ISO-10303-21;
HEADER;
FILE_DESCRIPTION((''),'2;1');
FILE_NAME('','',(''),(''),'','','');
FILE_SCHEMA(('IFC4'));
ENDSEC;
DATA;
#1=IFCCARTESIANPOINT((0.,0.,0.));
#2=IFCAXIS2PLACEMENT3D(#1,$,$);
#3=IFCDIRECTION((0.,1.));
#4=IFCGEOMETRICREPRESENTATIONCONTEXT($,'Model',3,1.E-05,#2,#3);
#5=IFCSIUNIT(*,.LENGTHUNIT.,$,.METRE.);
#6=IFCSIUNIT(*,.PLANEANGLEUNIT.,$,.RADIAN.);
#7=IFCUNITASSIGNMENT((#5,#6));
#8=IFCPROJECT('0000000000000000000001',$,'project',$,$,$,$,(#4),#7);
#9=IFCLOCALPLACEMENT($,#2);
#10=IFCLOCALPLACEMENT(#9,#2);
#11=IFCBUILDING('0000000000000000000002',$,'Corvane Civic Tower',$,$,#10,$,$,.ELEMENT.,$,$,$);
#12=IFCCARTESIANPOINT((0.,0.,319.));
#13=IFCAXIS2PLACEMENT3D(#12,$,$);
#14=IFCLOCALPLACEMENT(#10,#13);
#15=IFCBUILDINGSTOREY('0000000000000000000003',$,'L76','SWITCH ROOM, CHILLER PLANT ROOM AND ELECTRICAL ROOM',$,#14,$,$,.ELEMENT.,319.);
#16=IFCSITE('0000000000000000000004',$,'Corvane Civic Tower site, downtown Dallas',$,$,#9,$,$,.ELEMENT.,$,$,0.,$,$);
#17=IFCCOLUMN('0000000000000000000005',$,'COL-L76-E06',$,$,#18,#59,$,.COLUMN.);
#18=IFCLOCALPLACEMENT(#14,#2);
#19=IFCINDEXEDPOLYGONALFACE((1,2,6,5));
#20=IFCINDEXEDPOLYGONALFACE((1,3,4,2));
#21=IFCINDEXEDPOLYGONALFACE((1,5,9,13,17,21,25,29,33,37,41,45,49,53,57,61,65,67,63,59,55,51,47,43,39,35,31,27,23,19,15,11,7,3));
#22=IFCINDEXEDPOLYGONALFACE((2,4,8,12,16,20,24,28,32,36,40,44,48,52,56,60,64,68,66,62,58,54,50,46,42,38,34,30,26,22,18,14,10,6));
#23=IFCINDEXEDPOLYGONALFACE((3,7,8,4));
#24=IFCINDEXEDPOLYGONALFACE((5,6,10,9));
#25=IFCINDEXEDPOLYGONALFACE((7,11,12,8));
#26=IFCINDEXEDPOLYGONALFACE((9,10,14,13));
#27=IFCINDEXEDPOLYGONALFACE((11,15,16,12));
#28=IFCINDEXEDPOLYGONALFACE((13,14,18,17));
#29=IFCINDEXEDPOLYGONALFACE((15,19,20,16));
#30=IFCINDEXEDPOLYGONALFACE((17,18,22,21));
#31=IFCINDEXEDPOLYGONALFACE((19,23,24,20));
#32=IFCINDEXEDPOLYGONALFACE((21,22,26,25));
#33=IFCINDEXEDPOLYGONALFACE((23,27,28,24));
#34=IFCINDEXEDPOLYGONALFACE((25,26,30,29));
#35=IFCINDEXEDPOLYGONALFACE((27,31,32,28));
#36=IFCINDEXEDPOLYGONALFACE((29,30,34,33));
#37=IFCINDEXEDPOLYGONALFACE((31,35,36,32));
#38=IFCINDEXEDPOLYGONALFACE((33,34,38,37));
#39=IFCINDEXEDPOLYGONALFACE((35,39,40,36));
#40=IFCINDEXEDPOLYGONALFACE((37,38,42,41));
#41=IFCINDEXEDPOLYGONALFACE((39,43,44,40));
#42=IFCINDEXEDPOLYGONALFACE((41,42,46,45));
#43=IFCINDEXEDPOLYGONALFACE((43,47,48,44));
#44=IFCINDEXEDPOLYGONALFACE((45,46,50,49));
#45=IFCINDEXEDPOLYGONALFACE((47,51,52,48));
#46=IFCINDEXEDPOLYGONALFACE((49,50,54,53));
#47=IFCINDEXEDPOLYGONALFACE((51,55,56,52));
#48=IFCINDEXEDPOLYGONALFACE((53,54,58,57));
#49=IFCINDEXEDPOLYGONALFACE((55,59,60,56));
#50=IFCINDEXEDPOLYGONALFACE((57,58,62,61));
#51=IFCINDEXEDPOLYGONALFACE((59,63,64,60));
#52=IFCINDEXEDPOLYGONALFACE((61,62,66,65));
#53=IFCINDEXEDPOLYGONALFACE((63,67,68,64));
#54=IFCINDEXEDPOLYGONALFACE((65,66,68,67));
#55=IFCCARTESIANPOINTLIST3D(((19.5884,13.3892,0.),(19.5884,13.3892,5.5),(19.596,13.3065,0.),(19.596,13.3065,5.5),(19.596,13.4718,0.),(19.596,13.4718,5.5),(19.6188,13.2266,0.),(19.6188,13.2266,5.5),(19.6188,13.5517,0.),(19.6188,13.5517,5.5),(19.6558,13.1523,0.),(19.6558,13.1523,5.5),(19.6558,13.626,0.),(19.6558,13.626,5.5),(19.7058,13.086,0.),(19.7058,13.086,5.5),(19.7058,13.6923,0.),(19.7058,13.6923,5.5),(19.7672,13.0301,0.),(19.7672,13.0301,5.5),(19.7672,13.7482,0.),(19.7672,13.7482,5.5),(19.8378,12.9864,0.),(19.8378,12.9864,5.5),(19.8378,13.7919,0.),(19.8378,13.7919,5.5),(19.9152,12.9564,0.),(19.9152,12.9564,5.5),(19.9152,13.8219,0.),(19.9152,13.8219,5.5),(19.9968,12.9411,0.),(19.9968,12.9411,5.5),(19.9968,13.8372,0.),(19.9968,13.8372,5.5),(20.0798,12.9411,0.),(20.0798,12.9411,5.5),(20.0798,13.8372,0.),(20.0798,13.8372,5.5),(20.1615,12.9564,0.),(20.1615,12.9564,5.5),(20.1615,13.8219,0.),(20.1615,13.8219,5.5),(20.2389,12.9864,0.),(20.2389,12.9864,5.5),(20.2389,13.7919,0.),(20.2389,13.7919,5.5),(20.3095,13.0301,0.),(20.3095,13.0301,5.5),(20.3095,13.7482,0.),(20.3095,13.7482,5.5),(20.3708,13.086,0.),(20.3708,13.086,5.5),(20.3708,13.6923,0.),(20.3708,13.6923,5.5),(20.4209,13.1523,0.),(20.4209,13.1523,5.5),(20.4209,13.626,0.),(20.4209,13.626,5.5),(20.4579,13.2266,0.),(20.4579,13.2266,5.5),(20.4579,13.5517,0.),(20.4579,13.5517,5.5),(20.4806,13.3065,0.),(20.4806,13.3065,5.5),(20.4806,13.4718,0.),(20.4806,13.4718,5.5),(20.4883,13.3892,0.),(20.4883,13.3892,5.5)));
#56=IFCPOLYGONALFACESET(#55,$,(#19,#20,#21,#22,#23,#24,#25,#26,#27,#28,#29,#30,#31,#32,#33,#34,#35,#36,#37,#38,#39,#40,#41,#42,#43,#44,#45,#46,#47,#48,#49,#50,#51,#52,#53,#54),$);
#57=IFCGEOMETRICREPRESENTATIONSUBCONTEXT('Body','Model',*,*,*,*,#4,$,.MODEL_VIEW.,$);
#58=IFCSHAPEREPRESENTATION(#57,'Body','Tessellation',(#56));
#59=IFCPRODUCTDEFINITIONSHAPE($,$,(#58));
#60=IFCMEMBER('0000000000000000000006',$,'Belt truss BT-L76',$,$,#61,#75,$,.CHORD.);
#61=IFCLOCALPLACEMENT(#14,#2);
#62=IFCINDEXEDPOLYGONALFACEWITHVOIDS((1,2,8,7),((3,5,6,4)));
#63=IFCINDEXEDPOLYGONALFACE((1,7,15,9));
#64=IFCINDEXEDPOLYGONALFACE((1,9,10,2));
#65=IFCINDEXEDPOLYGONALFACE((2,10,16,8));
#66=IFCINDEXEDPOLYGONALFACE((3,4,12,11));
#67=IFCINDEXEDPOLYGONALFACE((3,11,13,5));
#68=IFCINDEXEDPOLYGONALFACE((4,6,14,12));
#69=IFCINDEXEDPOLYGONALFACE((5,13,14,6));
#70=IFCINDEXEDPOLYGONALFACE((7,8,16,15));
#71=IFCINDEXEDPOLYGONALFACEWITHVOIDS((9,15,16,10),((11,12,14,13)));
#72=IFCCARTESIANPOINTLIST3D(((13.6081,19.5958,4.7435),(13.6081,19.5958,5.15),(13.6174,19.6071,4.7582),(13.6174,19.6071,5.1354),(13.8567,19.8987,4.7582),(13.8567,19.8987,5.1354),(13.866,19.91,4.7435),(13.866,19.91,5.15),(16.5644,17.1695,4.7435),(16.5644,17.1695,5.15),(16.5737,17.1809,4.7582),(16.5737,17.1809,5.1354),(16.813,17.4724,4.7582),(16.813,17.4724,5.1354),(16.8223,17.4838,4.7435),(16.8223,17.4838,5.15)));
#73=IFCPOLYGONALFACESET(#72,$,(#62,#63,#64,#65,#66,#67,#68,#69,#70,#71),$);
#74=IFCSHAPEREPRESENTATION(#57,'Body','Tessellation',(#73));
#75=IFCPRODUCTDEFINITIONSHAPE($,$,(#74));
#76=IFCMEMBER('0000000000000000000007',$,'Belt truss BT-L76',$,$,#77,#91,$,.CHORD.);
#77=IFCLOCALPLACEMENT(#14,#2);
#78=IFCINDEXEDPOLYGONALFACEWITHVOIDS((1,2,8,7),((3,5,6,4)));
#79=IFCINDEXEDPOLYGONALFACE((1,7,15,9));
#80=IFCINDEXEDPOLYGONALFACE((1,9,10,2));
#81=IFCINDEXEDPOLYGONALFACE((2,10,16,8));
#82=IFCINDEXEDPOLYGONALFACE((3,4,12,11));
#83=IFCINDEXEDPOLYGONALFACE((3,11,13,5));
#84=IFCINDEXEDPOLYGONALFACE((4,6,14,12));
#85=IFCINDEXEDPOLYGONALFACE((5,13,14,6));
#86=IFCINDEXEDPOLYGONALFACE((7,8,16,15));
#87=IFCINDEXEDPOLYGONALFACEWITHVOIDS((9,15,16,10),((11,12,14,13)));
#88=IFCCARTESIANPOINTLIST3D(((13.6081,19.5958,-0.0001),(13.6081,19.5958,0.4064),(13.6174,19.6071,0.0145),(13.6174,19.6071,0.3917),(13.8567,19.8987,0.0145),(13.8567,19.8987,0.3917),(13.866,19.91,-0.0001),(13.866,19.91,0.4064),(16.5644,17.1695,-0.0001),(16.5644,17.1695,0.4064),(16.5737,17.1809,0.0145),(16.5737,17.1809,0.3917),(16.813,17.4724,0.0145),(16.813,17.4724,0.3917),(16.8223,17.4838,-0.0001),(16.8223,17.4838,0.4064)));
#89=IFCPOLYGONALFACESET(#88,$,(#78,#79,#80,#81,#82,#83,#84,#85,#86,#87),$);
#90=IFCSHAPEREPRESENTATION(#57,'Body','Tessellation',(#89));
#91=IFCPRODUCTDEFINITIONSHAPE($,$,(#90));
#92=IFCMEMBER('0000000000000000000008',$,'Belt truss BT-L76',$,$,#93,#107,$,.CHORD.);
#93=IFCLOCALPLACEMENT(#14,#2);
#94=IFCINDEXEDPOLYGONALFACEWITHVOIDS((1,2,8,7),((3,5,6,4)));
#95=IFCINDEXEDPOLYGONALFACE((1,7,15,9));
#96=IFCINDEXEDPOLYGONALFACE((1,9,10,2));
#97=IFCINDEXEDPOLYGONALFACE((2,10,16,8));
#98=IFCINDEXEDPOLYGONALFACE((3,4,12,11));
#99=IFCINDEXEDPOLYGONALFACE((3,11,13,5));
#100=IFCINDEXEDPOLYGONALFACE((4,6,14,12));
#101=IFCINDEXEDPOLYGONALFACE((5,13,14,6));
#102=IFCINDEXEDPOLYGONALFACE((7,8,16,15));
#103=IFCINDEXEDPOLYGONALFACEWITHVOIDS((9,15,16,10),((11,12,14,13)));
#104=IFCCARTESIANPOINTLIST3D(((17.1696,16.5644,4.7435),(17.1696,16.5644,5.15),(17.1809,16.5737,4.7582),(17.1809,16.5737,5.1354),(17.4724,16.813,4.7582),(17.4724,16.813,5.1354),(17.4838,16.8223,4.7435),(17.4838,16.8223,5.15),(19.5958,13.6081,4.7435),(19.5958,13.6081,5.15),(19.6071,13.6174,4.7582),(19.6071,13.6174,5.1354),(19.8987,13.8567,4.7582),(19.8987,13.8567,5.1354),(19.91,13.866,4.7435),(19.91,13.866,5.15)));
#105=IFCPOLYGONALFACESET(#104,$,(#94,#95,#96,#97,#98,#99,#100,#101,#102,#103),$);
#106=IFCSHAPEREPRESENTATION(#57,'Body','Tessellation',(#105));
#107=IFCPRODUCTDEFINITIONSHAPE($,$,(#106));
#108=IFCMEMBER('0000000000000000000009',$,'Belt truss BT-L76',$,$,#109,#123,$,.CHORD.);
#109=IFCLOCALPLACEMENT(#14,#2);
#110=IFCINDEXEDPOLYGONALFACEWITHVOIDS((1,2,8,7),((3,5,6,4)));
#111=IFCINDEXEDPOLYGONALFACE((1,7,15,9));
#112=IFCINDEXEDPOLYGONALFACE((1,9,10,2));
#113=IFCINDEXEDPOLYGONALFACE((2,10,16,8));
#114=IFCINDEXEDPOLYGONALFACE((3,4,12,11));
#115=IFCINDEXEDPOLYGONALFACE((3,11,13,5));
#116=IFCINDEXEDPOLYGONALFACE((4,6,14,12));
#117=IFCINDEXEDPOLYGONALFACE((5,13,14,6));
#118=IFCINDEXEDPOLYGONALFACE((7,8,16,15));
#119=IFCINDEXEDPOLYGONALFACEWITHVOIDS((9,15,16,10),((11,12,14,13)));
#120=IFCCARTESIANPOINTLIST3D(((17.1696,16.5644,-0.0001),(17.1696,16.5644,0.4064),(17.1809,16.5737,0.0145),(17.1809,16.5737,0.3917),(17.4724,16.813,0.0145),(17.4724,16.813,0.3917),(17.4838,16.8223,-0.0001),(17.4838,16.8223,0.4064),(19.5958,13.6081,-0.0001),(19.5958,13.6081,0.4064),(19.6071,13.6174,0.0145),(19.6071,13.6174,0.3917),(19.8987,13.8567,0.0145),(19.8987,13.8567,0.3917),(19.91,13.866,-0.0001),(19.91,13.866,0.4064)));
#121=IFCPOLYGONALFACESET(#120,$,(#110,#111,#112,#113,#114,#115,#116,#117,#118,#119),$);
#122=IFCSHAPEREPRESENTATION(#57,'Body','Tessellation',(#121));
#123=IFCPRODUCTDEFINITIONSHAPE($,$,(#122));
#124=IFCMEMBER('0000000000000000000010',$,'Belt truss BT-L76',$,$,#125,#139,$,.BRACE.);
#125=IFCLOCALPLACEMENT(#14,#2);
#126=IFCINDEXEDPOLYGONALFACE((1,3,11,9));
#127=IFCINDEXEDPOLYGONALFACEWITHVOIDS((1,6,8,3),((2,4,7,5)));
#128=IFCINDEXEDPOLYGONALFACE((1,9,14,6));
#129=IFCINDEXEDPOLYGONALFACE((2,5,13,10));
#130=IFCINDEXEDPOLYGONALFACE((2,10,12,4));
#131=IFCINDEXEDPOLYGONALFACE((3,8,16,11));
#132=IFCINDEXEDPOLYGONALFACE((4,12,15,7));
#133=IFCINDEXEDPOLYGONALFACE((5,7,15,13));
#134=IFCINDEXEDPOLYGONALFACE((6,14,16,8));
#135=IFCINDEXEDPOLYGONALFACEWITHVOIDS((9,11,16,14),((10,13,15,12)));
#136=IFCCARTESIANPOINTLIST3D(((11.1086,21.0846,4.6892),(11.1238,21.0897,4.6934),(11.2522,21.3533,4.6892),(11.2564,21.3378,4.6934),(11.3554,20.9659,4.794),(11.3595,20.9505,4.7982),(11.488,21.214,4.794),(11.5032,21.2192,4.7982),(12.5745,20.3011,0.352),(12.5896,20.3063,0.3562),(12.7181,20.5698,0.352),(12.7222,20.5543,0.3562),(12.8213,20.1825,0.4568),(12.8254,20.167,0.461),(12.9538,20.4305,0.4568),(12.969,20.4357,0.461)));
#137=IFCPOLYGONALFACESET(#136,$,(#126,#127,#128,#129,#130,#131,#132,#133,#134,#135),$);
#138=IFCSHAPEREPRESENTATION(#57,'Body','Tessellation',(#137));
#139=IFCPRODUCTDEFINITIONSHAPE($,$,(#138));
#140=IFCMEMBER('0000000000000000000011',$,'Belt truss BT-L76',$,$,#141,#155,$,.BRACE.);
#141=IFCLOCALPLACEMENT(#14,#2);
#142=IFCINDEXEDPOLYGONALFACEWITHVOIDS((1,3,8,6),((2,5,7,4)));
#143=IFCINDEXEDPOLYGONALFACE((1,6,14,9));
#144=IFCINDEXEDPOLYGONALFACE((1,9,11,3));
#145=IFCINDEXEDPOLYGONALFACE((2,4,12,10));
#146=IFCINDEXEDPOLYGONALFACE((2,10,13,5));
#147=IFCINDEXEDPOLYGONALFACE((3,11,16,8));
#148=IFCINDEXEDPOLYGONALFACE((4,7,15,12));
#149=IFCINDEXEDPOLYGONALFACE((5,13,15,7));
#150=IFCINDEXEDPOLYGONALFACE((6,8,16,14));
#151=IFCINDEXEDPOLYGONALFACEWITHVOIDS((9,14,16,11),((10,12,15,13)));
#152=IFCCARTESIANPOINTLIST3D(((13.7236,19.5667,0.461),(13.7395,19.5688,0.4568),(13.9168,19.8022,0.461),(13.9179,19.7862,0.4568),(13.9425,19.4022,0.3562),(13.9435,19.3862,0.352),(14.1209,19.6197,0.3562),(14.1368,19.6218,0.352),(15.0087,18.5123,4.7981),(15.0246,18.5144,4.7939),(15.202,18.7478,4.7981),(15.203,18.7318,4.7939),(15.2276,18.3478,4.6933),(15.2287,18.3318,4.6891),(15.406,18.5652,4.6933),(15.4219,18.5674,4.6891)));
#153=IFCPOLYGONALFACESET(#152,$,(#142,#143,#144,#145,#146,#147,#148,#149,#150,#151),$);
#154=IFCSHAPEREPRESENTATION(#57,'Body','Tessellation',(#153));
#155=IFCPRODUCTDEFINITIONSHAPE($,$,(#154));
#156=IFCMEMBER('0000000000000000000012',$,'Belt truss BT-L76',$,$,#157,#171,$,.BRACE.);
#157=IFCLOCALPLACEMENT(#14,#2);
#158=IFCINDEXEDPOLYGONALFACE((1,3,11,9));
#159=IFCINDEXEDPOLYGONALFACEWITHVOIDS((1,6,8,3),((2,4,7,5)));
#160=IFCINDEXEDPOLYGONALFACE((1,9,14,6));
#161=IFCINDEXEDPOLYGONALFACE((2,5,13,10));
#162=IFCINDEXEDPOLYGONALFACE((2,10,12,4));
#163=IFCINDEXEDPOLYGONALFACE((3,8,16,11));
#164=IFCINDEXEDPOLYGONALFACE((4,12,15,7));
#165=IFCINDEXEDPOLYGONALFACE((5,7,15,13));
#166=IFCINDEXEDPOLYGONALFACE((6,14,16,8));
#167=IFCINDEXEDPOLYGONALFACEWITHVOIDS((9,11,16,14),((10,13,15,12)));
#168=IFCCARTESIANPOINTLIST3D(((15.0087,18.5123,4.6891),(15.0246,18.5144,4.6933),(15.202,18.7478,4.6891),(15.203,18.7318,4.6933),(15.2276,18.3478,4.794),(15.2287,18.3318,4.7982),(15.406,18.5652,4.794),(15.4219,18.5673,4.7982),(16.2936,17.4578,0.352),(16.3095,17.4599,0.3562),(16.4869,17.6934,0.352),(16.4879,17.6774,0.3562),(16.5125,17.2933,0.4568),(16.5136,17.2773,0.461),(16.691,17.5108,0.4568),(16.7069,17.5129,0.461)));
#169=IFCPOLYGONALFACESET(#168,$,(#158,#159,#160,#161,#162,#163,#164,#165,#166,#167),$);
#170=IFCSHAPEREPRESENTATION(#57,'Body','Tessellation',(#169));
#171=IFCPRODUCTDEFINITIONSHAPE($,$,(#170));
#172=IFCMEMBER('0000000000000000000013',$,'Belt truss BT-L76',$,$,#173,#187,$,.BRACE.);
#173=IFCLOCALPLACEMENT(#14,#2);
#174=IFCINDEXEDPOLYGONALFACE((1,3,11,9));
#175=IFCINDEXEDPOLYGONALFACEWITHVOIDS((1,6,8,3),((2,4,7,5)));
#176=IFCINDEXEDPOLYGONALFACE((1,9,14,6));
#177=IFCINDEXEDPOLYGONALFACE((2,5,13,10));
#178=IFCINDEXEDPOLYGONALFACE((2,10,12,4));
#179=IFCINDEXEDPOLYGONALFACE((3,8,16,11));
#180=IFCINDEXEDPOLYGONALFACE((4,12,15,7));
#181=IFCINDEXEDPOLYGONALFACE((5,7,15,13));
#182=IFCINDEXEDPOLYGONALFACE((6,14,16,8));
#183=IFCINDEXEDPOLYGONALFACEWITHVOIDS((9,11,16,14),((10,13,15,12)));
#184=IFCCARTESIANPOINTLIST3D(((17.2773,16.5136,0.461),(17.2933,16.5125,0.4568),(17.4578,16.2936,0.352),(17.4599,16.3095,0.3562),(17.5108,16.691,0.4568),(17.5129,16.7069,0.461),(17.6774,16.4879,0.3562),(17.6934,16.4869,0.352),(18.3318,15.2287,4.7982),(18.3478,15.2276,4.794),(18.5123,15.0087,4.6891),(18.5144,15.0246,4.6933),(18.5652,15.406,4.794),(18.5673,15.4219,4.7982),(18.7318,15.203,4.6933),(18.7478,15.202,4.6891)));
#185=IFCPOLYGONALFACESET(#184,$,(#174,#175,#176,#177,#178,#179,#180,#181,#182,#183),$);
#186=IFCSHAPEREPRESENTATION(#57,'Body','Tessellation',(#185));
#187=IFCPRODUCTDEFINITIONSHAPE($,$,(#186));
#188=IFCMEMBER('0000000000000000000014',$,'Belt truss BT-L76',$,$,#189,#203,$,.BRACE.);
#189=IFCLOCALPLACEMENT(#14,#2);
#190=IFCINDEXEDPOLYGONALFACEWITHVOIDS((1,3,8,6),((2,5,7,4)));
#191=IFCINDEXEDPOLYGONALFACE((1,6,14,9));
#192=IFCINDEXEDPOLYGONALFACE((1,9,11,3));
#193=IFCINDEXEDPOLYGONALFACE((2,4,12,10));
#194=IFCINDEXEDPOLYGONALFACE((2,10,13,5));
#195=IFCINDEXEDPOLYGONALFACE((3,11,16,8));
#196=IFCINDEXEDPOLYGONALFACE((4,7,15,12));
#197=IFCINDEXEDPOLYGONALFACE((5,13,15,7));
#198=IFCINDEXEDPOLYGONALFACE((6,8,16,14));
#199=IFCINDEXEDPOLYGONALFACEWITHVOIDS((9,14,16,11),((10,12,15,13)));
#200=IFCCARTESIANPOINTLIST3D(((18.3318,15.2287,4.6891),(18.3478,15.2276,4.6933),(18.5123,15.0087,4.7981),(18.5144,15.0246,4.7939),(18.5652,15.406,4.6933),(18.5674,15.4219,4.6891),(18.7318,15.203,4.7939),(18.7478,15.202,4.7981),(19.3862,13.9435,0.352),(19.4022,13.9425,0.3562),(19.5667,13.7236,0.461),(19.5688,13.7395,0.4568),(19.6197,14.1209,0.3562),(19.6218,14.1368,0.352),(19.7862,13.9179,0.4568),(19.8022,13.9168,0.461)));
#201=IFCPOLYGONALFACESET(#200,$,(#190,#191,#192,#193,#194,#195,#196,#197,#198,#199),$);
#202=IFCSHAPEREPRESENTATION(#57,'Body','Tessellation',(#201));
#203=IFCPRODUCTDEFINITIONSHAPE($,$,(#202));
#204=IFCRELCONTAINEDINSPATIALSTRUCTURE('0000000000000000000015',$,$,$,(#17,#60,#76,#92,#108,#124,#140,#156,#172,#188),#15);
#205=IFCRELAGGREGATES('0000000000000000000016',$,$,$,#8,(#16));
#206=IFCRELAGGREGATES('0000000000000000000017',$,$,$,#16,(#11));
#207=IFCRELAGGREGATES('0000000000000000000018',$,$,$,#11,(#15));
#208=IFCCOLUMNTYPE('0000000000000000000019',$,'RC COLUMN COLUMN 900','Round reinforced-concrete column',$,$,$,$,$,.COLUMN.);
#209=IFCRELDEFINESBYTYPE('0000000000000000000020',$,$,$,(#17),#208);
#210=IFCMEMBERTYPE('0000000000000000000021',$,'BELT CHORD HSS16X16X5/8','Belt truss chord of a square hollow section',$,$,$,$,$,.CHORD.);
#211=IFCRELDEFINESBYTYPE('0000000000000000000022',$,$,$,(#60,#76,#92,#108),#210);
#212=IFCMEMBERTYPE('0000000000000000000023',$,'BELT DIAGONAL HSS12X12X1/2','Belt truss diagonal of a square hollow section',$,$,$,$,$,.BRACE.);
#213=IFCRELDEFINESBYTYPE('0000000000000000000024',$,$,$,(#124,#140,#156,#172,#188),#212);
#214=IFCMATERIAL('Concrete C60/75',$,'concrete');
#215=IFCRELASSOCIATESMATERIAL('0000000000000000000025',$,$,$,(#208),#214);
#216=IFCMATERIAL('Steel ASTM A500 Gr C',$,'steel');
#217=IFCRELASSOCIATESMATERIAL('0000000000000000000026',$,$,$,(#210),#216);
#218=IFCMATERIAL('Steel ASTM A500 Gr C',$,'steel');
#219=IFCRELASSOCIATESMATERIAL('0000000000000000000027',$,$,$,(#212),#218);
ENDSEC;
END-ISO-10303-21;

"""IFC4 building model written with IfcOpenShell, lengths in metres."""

from ifc_helpers import new_model, si_unit, direction, frame, origin, origin_2d, place, context, subcontext, project, spatial, hollow_rectangle, circle, extrude, material, material_profile, profile_set, type_object, element, save


model = new_model("IFC4")

# Units and contexts
model_context = context("Model", 3, precision=1e-05, world=origin(), true_north=direction((0.0, 1.0)))
body_context = subcontext(model_context, "Body", "Model", "MODEL_VIEW")
ifc_project = project(units=[si_unit("LENGTHUNIT", "METRE"), si_unit("PLANEANGLEUNIT", "RADIAN")], contexts=[model_context])

# Site, building, storey
site_placement = place(None, origin())
site = spatial("IfcSite", under=ifc_project, at=site_placement, Name="Corvane Civic Tower site, downtown Dallas", CompositionType="ELEMENT", RefElevation=0.0)
building_placement = place(site_placement, origin())
building = spatial("IfcBuilding", under=site, at=building_placement, Name="Corvane Civic Tower", CompositionType="ELEMENT")
storey_placement = place(building_placement, frame((0.0, 0.0, 319.0)))
storey = spatial("IfcBuildingStorey", under=building, at=storey_placement, Name="L76", Description="SWITCH ROOM, CHILLER PLANT ROOM AND ELECTRICAL ROOM", CompositionType="ELEMENT", Elevation=319.0)

# Column
ifc_material_1 = material(Name="Concrete C60/75", Category="concrete")
ifc_material_profile_1 = material_profile(ifc_material_1, circle(Radius=0.45, at=origin_2d()), Name="COLUMN 900")
ifc_profile_set_1 = profile_set([ifc_material_profile_1], Name="Concrete C60/75")
column_type_1 = type_object("IfcColumnType", Name="RC COLUMN COLUMN 900", Description="Round reinforced-concrete column", PredefinedType="COLUMN", material=ifc_profile_set_1)
for number, where, z_axis, x_axis, name in (
    (1, (20.0383, 13.3892, 0.0), (0.0, 0.0, 1.0), (1.0, 0.0, 0.0), "COL-L76-E06"),
):
    element("IfcColumn", number, at=place(storey_placement, frame(where, z_axis=z_axis, x_axis=x_axis)), inside=storey, type_object=column_type_1, Name=name, PredefinedType="COLUMN", context=body_context, shape_type="SweptSolid", body=[
        extrude(circle(Radius=0.45, at=origin_2d()), origin(), (0.0, 0.0, 1.0), 5.5),
    ])

# Members
ifc_material_2 = material(Name="Steel ASTM A500 Gr C", Category="steel")
ifc_material_profile_2 = material_profile(ifc_material_2, hollow_rectangle(XDim=0.4065, YDim=0.4065, WallThickness=0.0146, at=origin_2d()), Name="HSS16X16X5/8")
ifc_profile_set_2 = profile_set([ifc_material_profile_2], Name="Steel ASTM A500 Gr C")
member_type_1 = type_object("IfcMemberType", Name="BELT CHORD HSS16X16X5/8", Description="Belt truss chord of a square hollow section", PredefinedType="CHORD", material=ifc_profile_set_2)
for number, where, z_axis, x_axis, name in (
    (2, (13.7371, 19.7529, 4.9468), (0.772998, -0.634409, 0.0), (0.634409, 0.772998, 0.0), "Belt truss BT-L76"),
    (3, (13.7371, 19.7529, 0.2031), (0.772998, -0.634409, 0.0), (0.634409, 0.772998, 0.0), "Belt truss BT-L76"),
    (4, (17.3267, 16.6934, 4.9468), (0.634409, -0.772998, 0.0), (0.772998, 0.634409, 0.0), "Belt truss BT-L76"),
    (5, (17.3267, 16.6934, 0.2031), (0.634409, -0.772998, 0.0), (0.772998, 0.634409, 0.0), "Belt truss BT-L76"),
):
    element("IfcMember", number, at=place(storey_placement, frame(where, z_axis=z_axis, x_axis=x_axis)), inside=storey, type_object=member_type_1, Name=name, PredefinedType="CHORD", context=body_context, shape_type="SweptSolid", body=[
        extrude(hollow_rectangle(XDim=0.4065, YDim=0.4065, WallThickness=0.0146, at=origin_2d()), origin(), (0.0, 0.0, 1.0), 3.8245),
    ])
ifc_material_3 = material(Name="Steel ASTM A500 Gr C", Category="steel")
ifc_material_profile_3 = material_profile(ifc_material_3, hollow_rectangle(XDim=0.3047, YDim=0.3047, WallThickness=0.0117, at=origin_2d()), Name="HSS12X12X1/2")
ifc_profile_set_3 = profile_set([ifc_material_profile_3], Name="Steel ASTM A500 Gr C")
member_type_2 = type_object("IfcMemberType", Name="BELT DIAGONAL HSS12X12X1/2", Description="Belt truss diagonal of a square hollow section", PredefinedType="BRACE", material=ifc_profile_set_3)
for number, where, z_axis, x_axis, name in (
    (6, (12.7717, 20.3684, 0.4065), (-0.315589, 0.168675, 0.933784), (-0.471373, -0.881934, 0.0), "Belt truss BT-L76"),
    (7, (13.9302, 19.5942, 0.4065), (0.276685, -0.227015, 0.933761), (0.634301, 0.773086, 0.0), "Belt truss BT-L76"),
    (8, (16.5002, 17.4854, 0.4065), (-0.276637, 0.227018, 0.933775), (-0.634373, -0.773027, 0.0), "Belt truss BT-L76"),
    (9, (17.4854, 16.5002, 0.4065), (0.227018, -0.276637, 0.933775), (0.773027, 0.634373, 0.0), "Belt truss BT-L76"),
    (10, (19.5942, 13.9302, 0.4065), (-0.227015, 0.276685, 0.933761), (-0.773086, -0.634301, 0.0), "Belt truss BT-L76"),
):
    element("IfcMember", number, at=place(storey_placement, frame(where, z_axis=z_axis, x_axis=x_axis)), inside=storey, type_object=member_type_2, Name=name, PredefinedType="BRACE", context=body_context, shape_type="SweptSolid", body=[
        extrude(hollow_rectangle(XDim=0.3047, YDim=0.3047, WallThickness=0.0117, at=origin_2d()), origin(), (0.0, 0.0, 1.0), 4.6448),
    ])

save(model, "model.ifc")
